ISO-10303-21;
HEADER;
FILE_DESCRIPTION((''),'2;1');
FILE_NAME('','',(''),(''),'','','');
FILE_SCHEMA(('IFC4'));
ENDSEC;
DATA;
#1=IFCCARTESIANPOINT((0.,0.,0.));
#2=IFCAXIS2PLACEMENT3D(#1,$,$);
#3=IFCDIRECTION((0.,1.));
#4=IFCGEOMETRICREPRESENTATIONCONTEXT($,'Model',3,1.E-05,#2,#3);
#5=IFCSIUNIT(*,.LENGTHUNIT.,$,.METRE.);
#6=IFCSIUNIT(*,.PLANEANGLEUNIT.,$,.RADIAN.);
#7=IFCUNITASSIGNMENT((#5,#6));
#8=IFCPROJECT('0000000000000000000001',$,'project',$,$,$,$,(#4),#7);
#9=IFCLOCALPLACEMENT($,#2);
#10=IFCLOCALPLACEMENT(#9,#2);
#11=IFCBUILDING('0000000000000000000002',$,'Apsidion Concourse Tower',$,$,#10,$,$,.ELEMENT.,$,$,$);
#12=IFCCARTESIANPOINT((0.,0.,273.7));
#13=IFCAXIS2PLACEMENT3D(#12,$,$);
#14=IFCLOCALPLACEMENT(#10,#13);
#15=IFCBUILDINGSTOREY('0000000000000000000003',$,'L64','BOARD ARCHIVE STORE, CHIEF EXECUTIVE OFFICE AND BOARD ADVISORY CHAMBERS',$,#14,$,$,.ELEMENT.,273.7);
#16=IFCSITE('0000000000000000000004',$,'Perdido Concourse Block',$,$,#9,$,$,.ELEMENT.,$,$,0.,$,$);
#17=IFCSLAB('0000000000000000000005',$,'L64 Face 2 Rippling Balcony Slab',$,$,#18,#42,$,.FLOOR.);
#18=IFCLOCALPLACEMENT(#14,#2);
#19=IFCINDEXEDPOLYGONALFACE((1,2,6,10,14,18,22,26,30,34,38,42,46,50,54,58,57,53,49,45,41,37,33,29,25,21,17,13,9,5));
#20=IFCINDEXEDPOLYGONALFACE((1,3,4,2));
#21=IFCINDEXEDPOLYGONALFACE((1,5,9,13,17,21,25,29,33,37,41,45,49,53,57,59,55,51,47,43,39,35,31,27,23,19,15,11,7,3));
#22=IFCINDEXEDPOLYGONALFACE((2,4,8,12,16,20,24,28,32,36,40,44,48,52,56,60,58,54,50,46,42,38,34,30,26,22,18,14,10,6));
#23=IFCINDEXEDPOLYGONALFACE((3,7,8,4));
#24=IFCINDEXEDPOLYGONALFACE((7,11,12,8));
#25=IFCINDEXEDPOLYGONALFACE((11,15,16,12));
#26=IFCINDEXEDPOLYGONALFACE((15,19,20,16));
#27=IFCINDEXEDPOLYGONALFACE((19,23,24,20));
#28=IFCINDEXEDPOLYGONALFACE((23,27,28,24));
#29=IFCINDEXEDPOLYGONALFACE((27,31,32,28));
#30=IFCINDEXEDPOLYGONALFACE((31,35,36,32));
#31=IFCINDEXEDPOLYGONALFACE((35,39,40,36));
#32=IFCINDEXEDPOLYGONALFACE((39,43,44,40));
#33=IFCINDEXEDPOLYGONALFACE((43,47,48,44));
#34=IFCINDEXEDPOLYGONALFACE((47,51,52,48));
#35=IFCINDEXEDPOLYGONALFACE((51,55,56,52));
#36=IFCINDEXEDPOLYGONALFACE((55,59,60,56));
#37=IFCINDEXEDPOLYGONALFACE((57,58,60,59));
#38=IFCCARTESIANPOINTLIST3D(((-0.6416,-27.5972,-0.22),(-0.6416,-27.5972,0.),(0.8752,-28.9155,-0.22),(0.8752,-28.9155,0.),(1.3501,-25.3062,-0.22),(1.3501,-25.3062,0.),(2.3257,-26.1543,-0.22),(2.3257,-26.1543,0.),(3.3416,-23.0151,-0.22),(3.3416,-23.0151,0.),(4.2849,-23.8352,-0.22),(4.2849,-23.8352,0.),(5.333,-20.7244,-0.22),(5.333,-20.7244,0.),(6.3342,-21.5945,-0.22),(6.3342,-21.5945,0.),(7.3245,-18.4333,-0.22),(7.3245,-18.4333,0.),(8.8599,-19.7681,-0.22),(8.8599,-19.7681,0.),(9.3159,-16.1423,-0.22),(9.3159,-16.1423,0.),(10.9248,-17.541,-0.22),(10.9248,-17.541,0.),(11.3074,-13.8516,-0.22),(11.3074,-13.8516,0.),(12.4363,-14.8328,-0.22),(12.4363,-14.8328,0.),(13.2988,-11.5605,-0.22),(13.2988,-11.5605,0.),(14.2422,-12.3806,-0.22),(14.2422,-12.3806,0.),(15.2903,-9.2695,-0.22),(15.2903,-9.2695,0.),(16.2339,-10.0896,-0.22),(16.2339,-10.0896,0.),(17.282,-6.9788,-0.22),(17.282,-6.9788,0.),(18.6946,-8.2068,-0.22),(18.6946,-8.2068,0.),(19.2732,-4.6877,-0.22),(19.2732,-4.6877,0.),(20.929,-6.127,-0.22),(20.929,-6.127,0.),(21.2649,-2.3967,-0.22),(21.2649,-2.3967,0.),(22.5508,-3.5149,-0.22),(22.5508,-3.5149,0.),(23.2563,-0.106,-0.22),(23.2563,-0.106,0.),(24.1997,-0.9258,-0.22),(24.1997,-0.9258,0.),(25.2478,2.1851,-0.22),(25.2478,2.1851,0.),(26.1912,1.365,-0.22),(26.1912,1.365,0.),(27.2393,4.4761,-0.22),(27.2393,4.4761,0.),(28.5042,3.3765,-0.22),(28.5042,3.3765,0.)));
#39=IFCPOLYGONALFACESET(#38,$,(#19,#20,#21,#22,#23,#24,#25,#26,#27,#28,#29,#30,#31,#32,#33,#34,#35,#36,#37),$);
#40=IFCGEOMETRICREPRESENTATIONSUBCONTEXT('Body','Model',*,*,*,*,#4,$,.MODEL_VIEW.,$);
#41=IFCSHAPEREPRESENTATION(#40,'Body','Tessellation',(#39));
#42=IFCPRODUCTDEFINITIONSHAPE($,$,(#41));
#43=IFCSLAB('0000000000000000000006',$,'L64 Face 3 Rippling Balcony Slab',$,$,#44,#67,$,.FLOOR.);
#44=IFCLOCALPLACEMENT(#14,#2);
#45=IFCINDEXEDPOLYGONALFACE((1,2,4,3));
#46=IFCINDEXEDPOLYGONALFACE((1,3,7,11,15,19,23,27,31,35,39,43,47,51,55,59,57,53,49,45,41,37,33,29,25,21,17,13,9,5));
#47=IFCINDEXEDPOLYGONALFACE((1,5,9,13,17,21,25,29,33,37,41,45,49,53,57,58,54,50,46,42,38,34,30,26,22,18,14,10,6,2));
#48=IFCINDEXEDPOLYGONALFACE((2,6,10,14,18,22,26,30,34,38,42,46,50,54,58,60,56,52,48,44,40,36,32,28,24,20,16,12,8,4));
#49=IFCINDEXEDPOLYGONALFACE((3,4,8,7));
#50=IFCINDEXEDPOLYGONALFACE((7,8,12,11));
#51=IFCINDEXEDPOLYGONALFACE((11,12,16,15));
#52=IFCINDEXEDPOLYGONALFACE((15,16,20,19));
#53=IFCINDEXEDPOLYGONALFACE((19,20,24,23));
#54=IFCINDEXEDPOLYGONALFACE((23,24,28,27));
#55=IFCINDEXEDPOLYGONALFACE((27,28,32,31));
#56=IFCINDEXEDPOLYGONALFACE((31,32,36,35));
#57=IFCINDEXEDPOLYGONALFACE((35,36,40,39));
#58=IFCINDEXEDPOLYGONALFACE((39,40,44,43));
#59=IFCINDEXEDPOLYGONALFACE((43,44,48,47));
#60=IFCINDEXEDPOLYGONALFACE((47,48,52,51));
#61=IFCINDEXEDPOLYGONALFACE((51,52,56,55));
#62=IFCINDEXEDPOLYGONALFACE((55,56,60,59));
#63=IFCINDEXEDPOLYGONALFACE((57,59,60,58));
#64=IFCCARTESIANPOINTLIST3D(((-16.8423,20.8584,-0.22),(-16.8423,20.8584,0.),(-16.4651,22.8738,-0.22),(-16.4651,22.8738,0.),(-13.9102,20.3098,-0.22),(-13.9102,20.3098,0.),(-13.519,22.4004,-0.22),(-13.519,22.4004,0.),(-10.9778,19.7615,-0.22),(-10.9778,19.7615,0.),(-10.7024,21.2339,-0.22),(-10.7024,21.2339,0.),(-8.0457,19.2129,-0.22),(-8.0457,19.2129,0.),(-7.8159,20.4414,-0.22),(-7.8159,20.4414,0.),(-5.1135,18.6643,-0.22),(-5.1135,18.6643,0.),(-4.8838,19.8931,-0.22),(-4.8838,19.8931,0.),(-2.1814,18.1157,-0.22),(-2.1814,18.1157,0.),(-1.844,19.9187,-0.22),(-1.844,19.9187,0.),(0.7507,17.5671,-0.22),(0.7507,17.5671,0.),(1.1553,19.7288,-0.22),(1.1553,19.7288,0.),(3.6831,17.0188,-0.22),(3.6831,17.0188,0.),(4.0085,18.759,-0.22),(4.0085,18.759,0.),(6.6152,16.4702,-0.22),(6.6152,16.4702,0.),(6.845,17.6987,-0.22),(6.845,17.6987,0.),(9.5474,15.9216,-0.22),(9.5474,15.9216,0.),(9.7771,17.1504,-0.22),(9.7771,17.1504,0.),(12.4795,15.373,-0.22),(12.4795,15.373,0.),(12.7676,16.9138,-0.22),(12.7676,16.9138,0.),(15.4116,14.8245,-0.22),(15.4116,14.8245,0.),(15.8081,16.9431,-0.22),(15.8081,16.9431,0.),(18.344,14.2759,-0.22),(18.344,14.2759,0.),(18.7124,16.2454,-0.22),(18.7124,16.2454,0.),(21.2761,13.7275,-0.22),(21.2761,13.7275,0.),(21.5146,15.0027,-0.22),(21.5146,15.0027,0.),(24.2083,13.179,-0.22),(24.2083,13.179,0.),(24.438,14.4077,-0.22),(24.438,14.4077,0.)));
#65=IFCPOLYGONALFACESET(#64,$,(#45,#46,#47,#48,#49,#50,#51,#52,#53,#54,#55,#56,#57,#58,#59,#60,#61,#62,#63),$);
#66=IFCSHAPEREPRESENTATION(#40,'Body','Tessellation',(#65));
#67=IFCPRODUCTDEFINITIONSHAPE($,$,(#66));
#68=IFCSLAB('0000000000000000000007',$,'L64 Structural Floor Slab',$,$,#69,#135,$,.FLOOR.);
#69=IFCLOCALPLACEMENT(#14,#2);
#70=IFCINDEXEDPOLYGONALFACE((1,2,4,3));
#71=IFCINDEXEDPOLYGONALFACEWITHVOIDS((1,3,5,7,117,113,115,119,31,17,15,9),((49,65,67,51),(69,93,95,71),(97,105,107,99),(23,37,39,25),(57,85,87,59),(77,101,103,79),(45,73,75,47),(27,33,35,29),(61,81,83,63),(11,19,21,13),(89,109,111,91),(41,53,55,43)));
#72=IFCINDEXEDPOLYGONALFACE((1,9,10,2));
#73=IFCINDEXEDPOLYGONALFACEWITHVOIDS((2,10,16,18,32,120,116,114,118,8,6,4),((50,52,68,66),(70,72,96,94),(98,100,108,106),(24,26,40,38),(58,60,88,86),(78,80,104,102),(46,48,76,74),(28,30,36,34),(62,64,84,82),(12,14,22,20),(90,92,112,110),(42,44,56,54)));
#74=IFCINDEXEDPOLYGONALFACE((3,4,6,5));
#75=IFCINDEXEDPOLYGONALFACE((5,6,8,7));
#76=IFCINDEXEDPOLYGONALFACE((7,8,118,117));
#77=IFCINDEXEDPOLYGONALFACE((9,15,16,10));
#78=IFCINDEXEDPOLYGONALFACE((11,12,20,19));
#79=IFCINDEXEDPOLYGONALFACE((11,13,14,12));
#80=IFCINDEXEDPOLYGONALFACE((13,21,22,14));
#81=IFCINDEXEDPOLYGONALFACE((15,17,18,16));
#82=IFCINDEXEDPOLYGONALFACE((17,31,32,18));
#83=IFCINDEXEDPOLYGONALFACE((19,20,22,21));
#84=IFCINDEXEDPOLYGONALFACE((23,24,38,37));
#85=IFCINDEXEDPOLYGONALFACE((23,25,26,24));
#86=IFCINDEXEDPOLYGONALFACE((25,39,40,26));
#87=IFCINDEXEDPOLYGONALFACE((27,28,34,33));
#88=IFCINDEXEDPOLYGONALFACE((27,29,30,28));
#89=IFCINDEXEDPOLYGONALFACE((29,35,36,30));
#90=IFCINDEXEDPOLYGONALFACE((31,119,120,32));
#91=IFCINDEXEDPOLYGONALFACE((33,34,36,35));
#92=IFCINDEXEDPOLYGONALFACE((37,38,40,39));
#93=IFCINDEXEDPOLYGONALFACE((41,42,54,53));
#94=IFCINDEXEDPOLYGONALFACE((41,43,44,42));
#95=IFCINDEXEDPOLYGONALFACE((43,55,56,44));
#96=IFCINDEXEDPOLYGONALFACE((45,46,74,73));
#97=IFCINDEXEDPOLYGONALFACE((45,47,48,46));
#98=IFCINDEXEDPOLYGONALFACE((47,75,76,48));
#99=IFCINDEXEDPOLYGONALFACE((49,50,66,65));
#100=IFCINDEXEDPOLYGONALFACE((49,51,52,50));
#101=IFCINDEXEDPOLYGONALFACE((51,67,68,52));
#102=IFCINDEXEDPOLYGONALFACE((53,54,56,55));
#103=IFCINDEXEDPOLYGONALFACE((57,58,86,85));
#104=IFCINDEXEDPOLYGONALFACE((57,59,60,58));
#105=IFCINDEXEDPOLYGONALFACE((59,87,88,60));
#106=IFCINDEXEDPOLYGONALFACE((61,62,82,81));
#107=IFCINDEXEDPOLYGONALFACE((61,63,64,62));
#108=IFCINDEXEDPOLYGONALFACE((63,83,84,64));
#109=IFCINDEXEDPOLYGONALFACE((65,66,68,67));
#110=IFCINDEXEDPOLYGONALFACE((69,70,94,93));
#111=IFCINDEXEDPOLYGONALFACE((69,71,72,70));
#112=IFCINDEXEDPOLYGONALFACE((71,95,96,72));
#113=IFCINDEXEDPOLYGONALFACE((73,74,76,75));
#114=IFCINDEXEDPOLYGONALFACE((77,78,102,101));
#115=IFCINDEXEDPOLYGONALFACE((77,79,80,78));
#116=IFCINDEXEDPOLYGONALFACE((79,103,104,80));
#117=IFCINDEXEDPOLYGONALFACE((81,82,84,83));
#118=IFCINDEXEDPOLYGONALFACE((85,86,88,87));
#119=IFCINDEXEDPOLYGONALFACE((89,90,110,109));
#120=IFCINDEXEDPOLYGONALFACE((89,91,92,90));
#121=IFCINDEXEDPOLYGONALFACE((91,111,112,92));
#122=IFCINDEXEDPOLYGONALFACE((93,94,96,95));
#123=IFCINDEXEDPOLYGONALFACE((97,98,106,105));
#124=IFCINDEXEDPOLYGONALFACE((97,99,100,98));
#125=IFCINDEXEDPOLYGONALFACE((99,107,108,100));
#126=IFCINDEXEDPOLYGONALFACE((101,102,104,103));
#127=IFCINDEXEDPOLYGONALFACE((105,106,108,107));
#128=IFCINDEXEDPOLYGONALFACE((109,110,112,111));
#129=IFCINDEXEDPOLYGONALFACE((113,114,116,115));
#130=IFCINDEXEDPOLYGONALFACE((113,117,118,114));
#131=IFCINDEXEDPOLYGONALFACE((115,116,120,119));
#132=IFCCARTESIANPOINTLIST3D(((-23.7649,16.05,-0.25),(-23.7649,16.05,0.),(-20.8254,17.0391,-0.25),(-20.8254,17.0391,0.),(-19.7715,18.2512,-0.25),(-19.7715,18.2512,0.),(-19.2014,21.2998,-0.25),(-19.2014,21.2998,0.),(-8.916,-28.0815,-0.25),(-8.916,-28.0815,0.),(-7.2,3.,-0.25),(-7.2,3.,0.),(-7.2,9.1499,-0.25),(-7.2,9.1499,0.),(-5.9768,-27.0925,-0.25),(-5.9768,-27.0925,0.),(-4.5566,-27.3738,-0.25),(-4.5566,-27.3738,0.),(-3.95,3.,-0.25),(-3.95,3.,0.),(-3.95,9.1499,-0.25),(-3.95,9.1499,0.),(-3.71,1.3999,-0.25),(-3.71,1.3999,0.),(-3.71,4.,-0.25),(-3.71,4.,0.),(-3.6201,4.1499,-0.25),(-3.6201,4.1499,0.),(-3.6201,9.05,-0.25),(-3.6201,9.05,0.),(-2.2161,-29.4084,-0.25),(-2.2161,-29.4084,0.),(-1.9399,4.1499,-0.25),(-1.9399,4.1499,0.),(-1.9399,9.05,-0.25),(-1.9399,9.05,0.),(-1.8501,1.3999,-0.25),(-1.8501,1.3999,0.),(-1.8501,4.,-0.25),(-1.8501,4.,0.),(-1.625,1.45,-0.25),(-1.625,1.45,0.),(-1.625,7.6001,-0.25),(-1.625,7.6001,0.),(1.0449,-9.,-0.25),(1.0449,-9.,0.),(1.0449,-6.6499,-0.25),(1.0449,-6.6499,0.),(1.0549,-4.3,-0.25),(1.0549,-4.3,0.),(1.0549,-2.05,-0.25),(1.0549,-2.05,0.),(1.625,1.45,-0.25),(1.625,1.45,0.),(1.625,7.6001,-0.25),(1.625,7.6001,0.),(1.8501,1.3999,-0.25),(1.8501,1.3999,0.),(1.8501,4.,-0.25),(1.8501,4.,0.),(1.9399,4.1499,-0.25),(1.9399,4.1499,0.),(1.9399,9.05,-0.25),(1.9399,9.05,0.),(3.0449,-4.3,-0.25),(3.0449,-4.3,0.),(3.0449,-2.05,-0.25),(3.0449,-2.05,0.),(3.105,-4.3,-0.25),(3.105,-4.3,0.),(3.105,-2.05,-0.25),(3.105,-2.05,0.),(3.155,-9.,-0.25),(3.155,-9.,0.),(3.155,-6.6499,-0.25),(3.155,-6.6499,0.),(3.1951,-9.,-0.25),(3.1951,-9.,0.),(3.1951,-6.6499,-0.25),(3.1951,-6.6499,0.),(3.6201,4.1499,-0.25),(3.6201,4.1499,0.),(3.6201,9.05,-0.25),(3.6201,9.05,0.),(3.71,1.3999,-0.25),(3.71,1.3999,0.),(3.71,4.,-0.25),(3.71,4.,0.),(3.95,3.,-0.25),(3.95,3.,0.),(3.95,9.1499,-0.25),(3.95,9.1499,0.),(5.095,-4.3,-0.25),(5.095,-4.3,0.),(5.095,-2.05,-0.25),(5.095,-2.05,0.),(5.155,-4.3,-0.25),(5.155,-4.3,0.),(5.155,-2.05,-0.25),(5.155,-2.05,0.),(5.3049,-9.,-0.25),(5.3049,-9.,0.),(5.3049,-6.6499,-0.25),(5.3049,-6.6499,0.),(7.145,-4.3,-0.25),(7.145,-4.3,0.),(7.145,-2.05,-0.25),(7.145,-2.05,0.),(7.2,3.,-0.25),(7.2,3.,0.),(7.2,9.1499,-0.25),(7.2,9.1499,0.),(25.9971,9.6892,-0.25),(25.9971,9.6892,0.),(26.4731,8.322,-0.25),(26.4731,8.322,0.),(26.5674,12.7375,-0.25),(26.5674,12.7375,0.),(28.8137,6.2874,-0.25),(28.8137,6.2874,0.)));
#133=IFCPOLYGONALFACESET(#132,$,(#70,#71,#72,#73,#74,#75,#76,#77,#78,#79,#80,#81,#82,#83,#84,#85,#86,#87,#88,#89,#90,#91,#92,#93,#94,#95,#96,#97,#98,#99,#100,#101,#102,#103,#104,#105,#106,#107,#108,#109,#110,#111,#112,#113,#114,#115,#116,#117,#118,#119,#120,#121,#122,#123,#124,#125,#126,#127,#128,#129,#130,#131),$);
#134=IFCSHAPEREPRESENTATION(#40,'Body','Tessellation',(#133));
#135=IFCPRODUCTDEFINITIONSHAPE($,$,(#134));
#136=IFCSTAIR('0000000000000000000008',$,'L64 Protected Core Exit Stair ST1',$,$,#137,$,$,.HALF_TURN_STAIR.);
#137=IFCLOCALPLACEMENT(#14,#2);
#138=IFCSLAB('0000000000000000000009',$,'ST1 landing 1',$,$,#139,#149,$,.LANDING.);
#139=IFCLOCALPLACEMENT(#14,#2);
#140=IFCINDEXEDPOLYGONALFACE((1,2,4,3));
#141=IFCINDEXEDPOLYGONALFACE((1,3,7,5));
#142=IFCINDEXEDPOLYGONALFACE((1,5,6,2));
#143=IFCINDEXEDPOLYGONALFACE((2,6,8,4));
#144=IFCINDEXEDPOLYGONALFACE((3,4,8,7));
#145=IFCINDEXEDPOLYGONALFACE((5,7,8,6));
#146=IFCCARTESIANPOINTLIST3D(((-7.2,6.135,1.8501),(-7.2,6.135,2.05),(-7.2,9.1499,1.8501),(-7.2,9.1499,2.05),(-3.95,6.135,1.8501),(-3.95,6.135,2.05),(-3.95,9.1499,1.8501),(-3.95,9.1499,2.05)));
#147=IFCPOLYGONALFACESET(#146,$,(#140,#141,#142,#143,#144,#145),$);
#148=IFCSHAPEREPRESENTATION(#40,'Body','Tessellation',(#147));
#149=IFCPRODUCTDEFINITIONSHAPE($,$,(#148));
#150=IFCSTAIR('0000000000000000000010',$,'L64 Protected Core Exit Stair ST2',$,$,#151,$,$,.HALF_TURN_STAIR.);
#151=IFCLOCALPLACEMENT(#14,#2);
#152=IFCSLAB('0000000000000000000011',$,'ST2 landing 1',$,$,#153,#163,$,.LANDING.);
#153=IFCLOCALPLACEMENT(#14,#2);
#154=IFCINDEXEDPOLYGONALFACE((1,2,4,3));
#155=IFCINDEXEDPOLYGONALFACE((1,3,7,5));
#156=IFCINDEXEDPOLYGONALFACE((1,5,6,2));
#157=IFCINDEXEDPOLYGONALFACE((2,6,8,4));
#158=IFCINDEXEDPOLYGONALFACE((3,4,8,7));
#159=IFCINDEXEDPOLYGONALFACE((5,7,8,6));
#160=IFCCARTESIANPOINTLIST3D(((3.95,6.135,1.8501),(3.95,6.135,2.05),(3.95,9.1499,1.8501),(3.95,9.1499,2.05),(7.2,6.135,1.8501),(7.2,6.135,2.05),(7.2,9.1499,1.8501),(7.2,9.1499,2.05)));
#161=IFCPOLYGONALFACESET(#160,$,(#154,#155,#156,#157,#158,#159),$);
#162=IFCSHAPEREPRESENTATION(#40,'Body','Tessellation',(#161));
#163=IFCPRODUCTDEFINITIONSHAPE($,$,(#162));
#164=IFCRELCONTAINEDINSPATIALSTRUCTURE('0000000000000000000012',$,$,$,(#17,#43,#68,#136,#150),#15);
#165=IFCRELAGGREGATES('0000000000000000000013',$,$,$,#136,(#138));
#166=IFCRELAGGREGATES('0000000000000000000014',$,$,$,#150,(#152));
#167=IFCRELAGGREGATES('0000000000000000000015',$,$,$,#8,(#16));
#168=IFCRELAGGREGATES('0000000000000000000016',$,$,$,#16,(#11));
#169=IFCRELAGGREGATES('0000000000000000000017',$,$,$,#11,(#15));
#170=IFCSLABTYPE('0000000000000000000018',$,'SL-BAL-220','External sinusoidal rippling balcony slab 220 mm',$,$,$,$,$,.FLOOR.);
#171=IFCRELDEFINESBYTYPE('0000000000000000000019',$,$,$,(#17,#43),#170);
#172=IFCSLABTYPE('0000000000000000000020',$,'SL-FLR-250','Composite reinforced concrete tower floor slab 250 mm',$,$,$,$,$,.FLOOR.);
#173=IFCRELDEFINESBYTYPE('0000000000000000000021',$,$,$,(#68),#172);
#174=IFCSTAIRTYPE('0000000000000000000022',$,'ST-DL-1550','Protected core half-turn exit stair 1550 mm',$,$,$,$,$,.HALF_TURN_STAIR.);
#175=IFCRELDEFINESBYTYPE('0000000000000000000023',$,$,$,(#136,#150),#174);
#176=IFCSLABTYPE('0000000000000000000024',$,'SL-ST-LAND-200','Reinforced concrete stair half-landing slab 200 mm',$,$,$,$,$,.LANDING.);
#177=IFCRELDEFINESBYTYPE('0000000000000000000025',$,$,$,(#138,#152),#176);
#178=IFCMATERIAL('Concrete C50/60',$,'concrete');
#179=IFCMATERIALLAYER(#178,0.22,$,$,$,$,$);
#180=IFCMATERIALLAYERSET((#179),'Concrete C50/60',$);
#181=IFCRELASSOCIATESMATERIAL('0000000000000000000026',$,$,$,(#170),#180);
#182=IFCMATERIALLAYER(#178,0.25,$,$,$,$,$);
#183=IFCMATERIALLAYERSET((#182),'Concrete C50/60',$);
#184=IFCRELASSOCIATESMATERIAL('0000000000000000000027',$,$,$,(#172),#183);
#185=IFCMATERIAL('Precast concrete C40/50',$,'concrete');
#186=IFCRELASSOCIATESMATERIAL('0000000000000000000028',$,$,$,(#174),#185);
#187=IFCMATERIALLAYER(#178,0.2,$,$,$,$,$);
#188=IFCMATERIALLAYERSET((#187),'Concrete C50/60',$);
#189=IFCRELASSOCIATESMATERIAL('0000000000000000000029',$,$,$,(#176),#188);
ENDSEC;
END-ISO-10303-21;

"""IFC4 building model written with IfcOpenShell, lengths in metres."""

from ifc_helpers import new_model, si_unit, direction, frame, origin, place, context, subcontext, project, spatial, polyline, outline, extrude, material, layer, layer_set, type_object, element, aggregate, save


model = new_model("IFC4")

# Units and contexts
model_context = context("Model", 3, precision=1e-05, world=origin(), true_north=direction((0.0, 1.0)))
body_context = subcontext(model_context, "Body", "Model", "MODEL_VIEW")
ifc_project = project(units=[si_unit("LENGTHUNIT", "METRE"), si_unit("PLANEANGLEUNIT", "RADIAN")], contexts=[model_context])

# Site, building, storey
site_placement = place(None, origin())
site = spatial("IfcSite", under=ifc_project, at=site_placement, Name="Perdido Concourse Block", CompositionType="ELEMENT", RefElevation=0.0)
building_placement = place(site_placement, origin())
building = spatial("IfcBuilding", under=site, at=building_placement, Name="Apsidion Concourse Tower", CompositionType="ELEMENT")
storey_placement = place(building_placement, frame((0.0, 0.0, 273.7)))
storey = spatial("IfcBuildingStorey", under=building, at=storey_placement, Name="L64", Description="BOARD ARCHIVE STORE, CHIEF EXECUTIVE OFFICE AND BOARD ADVISORY CHAMBERS", CompositionType="ELEMENT", Elevation=273.7)

# Shared definitions
ifc_material_1 = material(Name="Concrete C50/60", Category="concrete")

# Slabs
ifc_layer_1 = layer(ifc_material_1, 0.22)
ifc_layer_set_1 = layer_set([ifc_layer_1], Name="Concrete C50/60")
slab_type_1 = type_object("IfcSlabType", Name="SL-BAL-220", Description="External sinusoidal rippling balcony slab 220 mm", PredefinedType="FLOOR", material=ifc_layer_set_1)
slab_1_placement = place(storey_placement, frame((0.0, 0.0, -0.22)))
element("IfcSlab", 1, at=slab_1_placement, inside=storey, type_object=slab_type_1, Name="L64 Face 2 Rippling Balcony Slab", PredefinedType="FLOOR", context=body_context, shape_type="SweptSolid", body=[
    extrude(outline(polyline([(-0.6416, -27.5972), (1.3501, -25.3062), (3.3416, -23.0151), (5.333, -20.7244), (7.3245, -18.4333), (9.3159, -16.1423), (11.3074, -13.8516), (13.2988, -11.5605), (15.2903, -9.2695), (17.282, -6.9788), (19.2732, -4.6877), (21.2649, -2.3967), (23.2563, -0.106), (25.2478, 2.1851), (27.2393, 4.4761), (28.5042, 3.3765), (26.1912, 1.365), (24.1997, -0.9258), (22.5508, -3.5149), (20.929, -6.127), (18.6946, -8.2068), (16.2339, -10.0896), (14.2422, -12.3806), (12.4363, -14.8328), (10.9248, -17.541), (8.8599, -19.7681), (6.3342, -21.5945), (4.2849, -23.8352), (2.3257, -26.1543), (0.8752, -28.9155), (-0.6416, -27.5972)])), origin(), (0.0, 0.0, 1.0), 0.22),
])
slab_2_placement = place(storey_placement, frame((0.0, 0.0, -0.22)))
element("IfcSlab", 2, at=slab_2_placement, inside=storey, type_object=slab_type_1, Name="L64 Face 3 Rippling Balcony Slab", PredefinedType="FLOOR", context=body_context, shape_type="SweptSolid", body=[
    extrude(outline(polyline([(24.2083, 13.179), (21.2761, 13.7275), (18.344, 14.2759), (15.4116, 14.8245), (12.4795, 15.373), (9.5474, 15.9216), (6.6152, 16.4702), (3.6831, 17.0188), (0.7507, 17.5671), (-2.1814, 18.1157), (-5.1135, 18.6643), (-8.0457, 19.2129), (-10.9778, 19.7615), (-13.9102, 20.3098), (-16.8423, 20.8584), (-16.4651, 22.8738), (-13.519, 22.4004), (-10.7024, 21.2339), (-7.8159, 20.4414), (-4.8838, 19.8931), (-1.844, 19.9187), (1.1553, 19.7288), (4.0085, 18.759), (6.845, 17.6987), (9.7771, 17.1504), (12.7676, 16.9138), (15.8081, 16.9431), (18.7124, 16.2454), (21.5146, 15.0027), (24.438, 14.4077), (24.2083, 13.179)])), origin(), (0.0, 0.0, 1.0), 0.22),
])
ifc_layer_2 = layer(ifc_material_1, 0.25)
ifc_layer_set_2 = layer_set([ifc_layer_2], Name="Concrete C50/60")
slab_type_2 = type_object("IfcSlabType", Name="SL-FLR-250", Description="Composite reinforced concrete tower floor slab 250 mm", PredefinedType="FLOOR", material=ifc_layer_set_2)
slab_3_placement = place(storey_placement, frame((0.0, 0.0, -0.25)))
element("IfcSlab", 3, at=slab_3_placement, inside=storey, type_object=slab_type_2, Name="L64 Structural Floor Slab", PredefinedType="FLOOR", context=body_context, shape_type="SweptSolid", body=[
    extrude(outline(polyline([(-19.2014, 21.2998), (-19.7715, 18.2512), (-20.8254, 17.0391), (-23.7649, 16.05), (-8.916, -28.0815), (-5.9768, -27.0925), (-4.5566, -27.3738), (-2.2161, -29.4084), (28.8137, 6.2874), (26.4731, 8.322), (25.9971, 9.6892), (26.5674, 12.7375), (-19.2014, 21.2998)]), holes=[polyline([(-3.95, 3.0), (-3.95, 9.1499), (-7.2, 9.1499), (-7.2, 3.0), (-3.95, 3.0)]), polyline([(7.2, 3.0), (7.2, 9.1499), (3.95, 9.1499), (3.95, 3.0), (7.2, 3.0)]), polyline([(-1.625, 7.6001), (-1.625, 1.45), (1.625, 1.45), (1.625, 7.6001), (-1.625, 7.6001)]), polyline([(1.0549, -4.3), (3.0449, -4.3), (3.0449, -2.05), (1.0549, -2.05), (1.0549, -4.3)]), polyline([(3.105, -4.3), (5.095, -4.3), (5.095, -2.05), (3.105, -2.05), (3.105, -4.3)]), polyline([(5.155, -4.3), (7.145, -4.3), (7.145, -2.05), (5.155, -2.05), (5.155, -4.3)]), polyline([(1.0449, -9.0), (3.155, -9.0), (3.155, -6.6499), (1.0449, -6.6499), (1.0449, -9.0)]), polyline([(3.1951, -9.0), (5.3049, -9.0), (5.3049, -6.6499), (3.1951, -6.6499), (3.1951, -9.0)]), polyline([(-3.71, 1.3999), (-1.8501, 1.3999), (-1.8501, 4.0), (-3.71, 4.0), (-3.71, 1.3999)]), polyline([(1.8501, 1.3999), (3.71, 1.3999), (3.71, 4.0), (1.8501, 4.0), (1.8501, 1.3999)]), polyline([(-3.6201, 4.1499), (-1.9399, 4.1499), (-1.9399, 9.05), (-3.6201, 9.05), (-3.6201, 4.1499)]), polyline([(1.9399, 4.1499), (3.6201, 4.1499), (3.6201, 9.05), (1.9399, 9.05), (1.9399, 4.1499)])]), origin(), (0.0, 0.0, 1.0), 0.25),
])

# Stairs, slabs
ifc_material_2 = material(Name="Precast concrete C40/50", Category="concrete")
stair_type = type_object("IfcStairType", Name="ST-DL-1550", Description="Protected core half-turn exit stair 1550 mm", PredefinedType="HALF_TURN_STAIR", material=ifc_material_2)
stair_1_placement = place(storey_placement, origin())
stair_1 = element("IfcStair", 4, at=stair_1_placement, inside=storey, type_object=stair_type, Name="L64 Protected Core Exit Stair ST1", PredefinedType="HALF_TURN_STAIR")
ifc_layer_3 = layer(ifc_material_1, 0.2)
ifc_layer_set_3 = layer_set([ifc_layer_3], Name="Concrete C50/60")
slab_type_3 = type_object("IfcSlabType", Name="SL-ST-LAND-200", Description="Reinforced concrete stair half-landing slab 200 mm", PredefinedType="LANDING", material=ifc_layer_set_3)
slab_4_placement = place(storey_placement, frame((0.0, 0.0, 1.8501)))
slab_4 = element("IfcSlab", 5, at=slab_4_placement, type_object=slab_type_3, Name="ST1 landing 1", PredefinedType="LANDING", context=body_context, shape_type="SweptSolid", body=[
    extrude(outline(polyline([(-3.95, 6.135), (-3.95, 9.1499), (-7.2, 9.1499), (-7.2, 6.135), (-3.95, 6.135)])), origin(), (0.0, 0.0, 1.0), 0.2),
])
aggregate(stair_1, [slab_4])
stair_2_placement = place(storey_placement, origin())
stair_2 = element("IfcStair", 6, at=stair_2_placement, inside=storey, type_object=stair_type, Name="L64 Protected Core Exit Stair ST2", PredefinedType="HALF_TURN_STAIR")
slab_5_placement = place(storey_placement, frame((0.0, 0.0, 1.8501)))
slab_5 = element("IfcSlab", 7, at=slab_5_placement, type_object=slab_type_3, Name="ST2 landing 1", PredefinedType="LANDING", context=body_context, shape_type="SweptSolid", body=[
    extrude(outline(polyline([(7.2, 6.135), (7.2, 9.1499), (3.95, 9.1499), (3.95, 6.135), (7.2, 6.135)])), origin(), (0.0, 0.0, 1.0), 0.2),
])
aggregate(stair_2, [slab_5])

save(model, "model.ifc")
